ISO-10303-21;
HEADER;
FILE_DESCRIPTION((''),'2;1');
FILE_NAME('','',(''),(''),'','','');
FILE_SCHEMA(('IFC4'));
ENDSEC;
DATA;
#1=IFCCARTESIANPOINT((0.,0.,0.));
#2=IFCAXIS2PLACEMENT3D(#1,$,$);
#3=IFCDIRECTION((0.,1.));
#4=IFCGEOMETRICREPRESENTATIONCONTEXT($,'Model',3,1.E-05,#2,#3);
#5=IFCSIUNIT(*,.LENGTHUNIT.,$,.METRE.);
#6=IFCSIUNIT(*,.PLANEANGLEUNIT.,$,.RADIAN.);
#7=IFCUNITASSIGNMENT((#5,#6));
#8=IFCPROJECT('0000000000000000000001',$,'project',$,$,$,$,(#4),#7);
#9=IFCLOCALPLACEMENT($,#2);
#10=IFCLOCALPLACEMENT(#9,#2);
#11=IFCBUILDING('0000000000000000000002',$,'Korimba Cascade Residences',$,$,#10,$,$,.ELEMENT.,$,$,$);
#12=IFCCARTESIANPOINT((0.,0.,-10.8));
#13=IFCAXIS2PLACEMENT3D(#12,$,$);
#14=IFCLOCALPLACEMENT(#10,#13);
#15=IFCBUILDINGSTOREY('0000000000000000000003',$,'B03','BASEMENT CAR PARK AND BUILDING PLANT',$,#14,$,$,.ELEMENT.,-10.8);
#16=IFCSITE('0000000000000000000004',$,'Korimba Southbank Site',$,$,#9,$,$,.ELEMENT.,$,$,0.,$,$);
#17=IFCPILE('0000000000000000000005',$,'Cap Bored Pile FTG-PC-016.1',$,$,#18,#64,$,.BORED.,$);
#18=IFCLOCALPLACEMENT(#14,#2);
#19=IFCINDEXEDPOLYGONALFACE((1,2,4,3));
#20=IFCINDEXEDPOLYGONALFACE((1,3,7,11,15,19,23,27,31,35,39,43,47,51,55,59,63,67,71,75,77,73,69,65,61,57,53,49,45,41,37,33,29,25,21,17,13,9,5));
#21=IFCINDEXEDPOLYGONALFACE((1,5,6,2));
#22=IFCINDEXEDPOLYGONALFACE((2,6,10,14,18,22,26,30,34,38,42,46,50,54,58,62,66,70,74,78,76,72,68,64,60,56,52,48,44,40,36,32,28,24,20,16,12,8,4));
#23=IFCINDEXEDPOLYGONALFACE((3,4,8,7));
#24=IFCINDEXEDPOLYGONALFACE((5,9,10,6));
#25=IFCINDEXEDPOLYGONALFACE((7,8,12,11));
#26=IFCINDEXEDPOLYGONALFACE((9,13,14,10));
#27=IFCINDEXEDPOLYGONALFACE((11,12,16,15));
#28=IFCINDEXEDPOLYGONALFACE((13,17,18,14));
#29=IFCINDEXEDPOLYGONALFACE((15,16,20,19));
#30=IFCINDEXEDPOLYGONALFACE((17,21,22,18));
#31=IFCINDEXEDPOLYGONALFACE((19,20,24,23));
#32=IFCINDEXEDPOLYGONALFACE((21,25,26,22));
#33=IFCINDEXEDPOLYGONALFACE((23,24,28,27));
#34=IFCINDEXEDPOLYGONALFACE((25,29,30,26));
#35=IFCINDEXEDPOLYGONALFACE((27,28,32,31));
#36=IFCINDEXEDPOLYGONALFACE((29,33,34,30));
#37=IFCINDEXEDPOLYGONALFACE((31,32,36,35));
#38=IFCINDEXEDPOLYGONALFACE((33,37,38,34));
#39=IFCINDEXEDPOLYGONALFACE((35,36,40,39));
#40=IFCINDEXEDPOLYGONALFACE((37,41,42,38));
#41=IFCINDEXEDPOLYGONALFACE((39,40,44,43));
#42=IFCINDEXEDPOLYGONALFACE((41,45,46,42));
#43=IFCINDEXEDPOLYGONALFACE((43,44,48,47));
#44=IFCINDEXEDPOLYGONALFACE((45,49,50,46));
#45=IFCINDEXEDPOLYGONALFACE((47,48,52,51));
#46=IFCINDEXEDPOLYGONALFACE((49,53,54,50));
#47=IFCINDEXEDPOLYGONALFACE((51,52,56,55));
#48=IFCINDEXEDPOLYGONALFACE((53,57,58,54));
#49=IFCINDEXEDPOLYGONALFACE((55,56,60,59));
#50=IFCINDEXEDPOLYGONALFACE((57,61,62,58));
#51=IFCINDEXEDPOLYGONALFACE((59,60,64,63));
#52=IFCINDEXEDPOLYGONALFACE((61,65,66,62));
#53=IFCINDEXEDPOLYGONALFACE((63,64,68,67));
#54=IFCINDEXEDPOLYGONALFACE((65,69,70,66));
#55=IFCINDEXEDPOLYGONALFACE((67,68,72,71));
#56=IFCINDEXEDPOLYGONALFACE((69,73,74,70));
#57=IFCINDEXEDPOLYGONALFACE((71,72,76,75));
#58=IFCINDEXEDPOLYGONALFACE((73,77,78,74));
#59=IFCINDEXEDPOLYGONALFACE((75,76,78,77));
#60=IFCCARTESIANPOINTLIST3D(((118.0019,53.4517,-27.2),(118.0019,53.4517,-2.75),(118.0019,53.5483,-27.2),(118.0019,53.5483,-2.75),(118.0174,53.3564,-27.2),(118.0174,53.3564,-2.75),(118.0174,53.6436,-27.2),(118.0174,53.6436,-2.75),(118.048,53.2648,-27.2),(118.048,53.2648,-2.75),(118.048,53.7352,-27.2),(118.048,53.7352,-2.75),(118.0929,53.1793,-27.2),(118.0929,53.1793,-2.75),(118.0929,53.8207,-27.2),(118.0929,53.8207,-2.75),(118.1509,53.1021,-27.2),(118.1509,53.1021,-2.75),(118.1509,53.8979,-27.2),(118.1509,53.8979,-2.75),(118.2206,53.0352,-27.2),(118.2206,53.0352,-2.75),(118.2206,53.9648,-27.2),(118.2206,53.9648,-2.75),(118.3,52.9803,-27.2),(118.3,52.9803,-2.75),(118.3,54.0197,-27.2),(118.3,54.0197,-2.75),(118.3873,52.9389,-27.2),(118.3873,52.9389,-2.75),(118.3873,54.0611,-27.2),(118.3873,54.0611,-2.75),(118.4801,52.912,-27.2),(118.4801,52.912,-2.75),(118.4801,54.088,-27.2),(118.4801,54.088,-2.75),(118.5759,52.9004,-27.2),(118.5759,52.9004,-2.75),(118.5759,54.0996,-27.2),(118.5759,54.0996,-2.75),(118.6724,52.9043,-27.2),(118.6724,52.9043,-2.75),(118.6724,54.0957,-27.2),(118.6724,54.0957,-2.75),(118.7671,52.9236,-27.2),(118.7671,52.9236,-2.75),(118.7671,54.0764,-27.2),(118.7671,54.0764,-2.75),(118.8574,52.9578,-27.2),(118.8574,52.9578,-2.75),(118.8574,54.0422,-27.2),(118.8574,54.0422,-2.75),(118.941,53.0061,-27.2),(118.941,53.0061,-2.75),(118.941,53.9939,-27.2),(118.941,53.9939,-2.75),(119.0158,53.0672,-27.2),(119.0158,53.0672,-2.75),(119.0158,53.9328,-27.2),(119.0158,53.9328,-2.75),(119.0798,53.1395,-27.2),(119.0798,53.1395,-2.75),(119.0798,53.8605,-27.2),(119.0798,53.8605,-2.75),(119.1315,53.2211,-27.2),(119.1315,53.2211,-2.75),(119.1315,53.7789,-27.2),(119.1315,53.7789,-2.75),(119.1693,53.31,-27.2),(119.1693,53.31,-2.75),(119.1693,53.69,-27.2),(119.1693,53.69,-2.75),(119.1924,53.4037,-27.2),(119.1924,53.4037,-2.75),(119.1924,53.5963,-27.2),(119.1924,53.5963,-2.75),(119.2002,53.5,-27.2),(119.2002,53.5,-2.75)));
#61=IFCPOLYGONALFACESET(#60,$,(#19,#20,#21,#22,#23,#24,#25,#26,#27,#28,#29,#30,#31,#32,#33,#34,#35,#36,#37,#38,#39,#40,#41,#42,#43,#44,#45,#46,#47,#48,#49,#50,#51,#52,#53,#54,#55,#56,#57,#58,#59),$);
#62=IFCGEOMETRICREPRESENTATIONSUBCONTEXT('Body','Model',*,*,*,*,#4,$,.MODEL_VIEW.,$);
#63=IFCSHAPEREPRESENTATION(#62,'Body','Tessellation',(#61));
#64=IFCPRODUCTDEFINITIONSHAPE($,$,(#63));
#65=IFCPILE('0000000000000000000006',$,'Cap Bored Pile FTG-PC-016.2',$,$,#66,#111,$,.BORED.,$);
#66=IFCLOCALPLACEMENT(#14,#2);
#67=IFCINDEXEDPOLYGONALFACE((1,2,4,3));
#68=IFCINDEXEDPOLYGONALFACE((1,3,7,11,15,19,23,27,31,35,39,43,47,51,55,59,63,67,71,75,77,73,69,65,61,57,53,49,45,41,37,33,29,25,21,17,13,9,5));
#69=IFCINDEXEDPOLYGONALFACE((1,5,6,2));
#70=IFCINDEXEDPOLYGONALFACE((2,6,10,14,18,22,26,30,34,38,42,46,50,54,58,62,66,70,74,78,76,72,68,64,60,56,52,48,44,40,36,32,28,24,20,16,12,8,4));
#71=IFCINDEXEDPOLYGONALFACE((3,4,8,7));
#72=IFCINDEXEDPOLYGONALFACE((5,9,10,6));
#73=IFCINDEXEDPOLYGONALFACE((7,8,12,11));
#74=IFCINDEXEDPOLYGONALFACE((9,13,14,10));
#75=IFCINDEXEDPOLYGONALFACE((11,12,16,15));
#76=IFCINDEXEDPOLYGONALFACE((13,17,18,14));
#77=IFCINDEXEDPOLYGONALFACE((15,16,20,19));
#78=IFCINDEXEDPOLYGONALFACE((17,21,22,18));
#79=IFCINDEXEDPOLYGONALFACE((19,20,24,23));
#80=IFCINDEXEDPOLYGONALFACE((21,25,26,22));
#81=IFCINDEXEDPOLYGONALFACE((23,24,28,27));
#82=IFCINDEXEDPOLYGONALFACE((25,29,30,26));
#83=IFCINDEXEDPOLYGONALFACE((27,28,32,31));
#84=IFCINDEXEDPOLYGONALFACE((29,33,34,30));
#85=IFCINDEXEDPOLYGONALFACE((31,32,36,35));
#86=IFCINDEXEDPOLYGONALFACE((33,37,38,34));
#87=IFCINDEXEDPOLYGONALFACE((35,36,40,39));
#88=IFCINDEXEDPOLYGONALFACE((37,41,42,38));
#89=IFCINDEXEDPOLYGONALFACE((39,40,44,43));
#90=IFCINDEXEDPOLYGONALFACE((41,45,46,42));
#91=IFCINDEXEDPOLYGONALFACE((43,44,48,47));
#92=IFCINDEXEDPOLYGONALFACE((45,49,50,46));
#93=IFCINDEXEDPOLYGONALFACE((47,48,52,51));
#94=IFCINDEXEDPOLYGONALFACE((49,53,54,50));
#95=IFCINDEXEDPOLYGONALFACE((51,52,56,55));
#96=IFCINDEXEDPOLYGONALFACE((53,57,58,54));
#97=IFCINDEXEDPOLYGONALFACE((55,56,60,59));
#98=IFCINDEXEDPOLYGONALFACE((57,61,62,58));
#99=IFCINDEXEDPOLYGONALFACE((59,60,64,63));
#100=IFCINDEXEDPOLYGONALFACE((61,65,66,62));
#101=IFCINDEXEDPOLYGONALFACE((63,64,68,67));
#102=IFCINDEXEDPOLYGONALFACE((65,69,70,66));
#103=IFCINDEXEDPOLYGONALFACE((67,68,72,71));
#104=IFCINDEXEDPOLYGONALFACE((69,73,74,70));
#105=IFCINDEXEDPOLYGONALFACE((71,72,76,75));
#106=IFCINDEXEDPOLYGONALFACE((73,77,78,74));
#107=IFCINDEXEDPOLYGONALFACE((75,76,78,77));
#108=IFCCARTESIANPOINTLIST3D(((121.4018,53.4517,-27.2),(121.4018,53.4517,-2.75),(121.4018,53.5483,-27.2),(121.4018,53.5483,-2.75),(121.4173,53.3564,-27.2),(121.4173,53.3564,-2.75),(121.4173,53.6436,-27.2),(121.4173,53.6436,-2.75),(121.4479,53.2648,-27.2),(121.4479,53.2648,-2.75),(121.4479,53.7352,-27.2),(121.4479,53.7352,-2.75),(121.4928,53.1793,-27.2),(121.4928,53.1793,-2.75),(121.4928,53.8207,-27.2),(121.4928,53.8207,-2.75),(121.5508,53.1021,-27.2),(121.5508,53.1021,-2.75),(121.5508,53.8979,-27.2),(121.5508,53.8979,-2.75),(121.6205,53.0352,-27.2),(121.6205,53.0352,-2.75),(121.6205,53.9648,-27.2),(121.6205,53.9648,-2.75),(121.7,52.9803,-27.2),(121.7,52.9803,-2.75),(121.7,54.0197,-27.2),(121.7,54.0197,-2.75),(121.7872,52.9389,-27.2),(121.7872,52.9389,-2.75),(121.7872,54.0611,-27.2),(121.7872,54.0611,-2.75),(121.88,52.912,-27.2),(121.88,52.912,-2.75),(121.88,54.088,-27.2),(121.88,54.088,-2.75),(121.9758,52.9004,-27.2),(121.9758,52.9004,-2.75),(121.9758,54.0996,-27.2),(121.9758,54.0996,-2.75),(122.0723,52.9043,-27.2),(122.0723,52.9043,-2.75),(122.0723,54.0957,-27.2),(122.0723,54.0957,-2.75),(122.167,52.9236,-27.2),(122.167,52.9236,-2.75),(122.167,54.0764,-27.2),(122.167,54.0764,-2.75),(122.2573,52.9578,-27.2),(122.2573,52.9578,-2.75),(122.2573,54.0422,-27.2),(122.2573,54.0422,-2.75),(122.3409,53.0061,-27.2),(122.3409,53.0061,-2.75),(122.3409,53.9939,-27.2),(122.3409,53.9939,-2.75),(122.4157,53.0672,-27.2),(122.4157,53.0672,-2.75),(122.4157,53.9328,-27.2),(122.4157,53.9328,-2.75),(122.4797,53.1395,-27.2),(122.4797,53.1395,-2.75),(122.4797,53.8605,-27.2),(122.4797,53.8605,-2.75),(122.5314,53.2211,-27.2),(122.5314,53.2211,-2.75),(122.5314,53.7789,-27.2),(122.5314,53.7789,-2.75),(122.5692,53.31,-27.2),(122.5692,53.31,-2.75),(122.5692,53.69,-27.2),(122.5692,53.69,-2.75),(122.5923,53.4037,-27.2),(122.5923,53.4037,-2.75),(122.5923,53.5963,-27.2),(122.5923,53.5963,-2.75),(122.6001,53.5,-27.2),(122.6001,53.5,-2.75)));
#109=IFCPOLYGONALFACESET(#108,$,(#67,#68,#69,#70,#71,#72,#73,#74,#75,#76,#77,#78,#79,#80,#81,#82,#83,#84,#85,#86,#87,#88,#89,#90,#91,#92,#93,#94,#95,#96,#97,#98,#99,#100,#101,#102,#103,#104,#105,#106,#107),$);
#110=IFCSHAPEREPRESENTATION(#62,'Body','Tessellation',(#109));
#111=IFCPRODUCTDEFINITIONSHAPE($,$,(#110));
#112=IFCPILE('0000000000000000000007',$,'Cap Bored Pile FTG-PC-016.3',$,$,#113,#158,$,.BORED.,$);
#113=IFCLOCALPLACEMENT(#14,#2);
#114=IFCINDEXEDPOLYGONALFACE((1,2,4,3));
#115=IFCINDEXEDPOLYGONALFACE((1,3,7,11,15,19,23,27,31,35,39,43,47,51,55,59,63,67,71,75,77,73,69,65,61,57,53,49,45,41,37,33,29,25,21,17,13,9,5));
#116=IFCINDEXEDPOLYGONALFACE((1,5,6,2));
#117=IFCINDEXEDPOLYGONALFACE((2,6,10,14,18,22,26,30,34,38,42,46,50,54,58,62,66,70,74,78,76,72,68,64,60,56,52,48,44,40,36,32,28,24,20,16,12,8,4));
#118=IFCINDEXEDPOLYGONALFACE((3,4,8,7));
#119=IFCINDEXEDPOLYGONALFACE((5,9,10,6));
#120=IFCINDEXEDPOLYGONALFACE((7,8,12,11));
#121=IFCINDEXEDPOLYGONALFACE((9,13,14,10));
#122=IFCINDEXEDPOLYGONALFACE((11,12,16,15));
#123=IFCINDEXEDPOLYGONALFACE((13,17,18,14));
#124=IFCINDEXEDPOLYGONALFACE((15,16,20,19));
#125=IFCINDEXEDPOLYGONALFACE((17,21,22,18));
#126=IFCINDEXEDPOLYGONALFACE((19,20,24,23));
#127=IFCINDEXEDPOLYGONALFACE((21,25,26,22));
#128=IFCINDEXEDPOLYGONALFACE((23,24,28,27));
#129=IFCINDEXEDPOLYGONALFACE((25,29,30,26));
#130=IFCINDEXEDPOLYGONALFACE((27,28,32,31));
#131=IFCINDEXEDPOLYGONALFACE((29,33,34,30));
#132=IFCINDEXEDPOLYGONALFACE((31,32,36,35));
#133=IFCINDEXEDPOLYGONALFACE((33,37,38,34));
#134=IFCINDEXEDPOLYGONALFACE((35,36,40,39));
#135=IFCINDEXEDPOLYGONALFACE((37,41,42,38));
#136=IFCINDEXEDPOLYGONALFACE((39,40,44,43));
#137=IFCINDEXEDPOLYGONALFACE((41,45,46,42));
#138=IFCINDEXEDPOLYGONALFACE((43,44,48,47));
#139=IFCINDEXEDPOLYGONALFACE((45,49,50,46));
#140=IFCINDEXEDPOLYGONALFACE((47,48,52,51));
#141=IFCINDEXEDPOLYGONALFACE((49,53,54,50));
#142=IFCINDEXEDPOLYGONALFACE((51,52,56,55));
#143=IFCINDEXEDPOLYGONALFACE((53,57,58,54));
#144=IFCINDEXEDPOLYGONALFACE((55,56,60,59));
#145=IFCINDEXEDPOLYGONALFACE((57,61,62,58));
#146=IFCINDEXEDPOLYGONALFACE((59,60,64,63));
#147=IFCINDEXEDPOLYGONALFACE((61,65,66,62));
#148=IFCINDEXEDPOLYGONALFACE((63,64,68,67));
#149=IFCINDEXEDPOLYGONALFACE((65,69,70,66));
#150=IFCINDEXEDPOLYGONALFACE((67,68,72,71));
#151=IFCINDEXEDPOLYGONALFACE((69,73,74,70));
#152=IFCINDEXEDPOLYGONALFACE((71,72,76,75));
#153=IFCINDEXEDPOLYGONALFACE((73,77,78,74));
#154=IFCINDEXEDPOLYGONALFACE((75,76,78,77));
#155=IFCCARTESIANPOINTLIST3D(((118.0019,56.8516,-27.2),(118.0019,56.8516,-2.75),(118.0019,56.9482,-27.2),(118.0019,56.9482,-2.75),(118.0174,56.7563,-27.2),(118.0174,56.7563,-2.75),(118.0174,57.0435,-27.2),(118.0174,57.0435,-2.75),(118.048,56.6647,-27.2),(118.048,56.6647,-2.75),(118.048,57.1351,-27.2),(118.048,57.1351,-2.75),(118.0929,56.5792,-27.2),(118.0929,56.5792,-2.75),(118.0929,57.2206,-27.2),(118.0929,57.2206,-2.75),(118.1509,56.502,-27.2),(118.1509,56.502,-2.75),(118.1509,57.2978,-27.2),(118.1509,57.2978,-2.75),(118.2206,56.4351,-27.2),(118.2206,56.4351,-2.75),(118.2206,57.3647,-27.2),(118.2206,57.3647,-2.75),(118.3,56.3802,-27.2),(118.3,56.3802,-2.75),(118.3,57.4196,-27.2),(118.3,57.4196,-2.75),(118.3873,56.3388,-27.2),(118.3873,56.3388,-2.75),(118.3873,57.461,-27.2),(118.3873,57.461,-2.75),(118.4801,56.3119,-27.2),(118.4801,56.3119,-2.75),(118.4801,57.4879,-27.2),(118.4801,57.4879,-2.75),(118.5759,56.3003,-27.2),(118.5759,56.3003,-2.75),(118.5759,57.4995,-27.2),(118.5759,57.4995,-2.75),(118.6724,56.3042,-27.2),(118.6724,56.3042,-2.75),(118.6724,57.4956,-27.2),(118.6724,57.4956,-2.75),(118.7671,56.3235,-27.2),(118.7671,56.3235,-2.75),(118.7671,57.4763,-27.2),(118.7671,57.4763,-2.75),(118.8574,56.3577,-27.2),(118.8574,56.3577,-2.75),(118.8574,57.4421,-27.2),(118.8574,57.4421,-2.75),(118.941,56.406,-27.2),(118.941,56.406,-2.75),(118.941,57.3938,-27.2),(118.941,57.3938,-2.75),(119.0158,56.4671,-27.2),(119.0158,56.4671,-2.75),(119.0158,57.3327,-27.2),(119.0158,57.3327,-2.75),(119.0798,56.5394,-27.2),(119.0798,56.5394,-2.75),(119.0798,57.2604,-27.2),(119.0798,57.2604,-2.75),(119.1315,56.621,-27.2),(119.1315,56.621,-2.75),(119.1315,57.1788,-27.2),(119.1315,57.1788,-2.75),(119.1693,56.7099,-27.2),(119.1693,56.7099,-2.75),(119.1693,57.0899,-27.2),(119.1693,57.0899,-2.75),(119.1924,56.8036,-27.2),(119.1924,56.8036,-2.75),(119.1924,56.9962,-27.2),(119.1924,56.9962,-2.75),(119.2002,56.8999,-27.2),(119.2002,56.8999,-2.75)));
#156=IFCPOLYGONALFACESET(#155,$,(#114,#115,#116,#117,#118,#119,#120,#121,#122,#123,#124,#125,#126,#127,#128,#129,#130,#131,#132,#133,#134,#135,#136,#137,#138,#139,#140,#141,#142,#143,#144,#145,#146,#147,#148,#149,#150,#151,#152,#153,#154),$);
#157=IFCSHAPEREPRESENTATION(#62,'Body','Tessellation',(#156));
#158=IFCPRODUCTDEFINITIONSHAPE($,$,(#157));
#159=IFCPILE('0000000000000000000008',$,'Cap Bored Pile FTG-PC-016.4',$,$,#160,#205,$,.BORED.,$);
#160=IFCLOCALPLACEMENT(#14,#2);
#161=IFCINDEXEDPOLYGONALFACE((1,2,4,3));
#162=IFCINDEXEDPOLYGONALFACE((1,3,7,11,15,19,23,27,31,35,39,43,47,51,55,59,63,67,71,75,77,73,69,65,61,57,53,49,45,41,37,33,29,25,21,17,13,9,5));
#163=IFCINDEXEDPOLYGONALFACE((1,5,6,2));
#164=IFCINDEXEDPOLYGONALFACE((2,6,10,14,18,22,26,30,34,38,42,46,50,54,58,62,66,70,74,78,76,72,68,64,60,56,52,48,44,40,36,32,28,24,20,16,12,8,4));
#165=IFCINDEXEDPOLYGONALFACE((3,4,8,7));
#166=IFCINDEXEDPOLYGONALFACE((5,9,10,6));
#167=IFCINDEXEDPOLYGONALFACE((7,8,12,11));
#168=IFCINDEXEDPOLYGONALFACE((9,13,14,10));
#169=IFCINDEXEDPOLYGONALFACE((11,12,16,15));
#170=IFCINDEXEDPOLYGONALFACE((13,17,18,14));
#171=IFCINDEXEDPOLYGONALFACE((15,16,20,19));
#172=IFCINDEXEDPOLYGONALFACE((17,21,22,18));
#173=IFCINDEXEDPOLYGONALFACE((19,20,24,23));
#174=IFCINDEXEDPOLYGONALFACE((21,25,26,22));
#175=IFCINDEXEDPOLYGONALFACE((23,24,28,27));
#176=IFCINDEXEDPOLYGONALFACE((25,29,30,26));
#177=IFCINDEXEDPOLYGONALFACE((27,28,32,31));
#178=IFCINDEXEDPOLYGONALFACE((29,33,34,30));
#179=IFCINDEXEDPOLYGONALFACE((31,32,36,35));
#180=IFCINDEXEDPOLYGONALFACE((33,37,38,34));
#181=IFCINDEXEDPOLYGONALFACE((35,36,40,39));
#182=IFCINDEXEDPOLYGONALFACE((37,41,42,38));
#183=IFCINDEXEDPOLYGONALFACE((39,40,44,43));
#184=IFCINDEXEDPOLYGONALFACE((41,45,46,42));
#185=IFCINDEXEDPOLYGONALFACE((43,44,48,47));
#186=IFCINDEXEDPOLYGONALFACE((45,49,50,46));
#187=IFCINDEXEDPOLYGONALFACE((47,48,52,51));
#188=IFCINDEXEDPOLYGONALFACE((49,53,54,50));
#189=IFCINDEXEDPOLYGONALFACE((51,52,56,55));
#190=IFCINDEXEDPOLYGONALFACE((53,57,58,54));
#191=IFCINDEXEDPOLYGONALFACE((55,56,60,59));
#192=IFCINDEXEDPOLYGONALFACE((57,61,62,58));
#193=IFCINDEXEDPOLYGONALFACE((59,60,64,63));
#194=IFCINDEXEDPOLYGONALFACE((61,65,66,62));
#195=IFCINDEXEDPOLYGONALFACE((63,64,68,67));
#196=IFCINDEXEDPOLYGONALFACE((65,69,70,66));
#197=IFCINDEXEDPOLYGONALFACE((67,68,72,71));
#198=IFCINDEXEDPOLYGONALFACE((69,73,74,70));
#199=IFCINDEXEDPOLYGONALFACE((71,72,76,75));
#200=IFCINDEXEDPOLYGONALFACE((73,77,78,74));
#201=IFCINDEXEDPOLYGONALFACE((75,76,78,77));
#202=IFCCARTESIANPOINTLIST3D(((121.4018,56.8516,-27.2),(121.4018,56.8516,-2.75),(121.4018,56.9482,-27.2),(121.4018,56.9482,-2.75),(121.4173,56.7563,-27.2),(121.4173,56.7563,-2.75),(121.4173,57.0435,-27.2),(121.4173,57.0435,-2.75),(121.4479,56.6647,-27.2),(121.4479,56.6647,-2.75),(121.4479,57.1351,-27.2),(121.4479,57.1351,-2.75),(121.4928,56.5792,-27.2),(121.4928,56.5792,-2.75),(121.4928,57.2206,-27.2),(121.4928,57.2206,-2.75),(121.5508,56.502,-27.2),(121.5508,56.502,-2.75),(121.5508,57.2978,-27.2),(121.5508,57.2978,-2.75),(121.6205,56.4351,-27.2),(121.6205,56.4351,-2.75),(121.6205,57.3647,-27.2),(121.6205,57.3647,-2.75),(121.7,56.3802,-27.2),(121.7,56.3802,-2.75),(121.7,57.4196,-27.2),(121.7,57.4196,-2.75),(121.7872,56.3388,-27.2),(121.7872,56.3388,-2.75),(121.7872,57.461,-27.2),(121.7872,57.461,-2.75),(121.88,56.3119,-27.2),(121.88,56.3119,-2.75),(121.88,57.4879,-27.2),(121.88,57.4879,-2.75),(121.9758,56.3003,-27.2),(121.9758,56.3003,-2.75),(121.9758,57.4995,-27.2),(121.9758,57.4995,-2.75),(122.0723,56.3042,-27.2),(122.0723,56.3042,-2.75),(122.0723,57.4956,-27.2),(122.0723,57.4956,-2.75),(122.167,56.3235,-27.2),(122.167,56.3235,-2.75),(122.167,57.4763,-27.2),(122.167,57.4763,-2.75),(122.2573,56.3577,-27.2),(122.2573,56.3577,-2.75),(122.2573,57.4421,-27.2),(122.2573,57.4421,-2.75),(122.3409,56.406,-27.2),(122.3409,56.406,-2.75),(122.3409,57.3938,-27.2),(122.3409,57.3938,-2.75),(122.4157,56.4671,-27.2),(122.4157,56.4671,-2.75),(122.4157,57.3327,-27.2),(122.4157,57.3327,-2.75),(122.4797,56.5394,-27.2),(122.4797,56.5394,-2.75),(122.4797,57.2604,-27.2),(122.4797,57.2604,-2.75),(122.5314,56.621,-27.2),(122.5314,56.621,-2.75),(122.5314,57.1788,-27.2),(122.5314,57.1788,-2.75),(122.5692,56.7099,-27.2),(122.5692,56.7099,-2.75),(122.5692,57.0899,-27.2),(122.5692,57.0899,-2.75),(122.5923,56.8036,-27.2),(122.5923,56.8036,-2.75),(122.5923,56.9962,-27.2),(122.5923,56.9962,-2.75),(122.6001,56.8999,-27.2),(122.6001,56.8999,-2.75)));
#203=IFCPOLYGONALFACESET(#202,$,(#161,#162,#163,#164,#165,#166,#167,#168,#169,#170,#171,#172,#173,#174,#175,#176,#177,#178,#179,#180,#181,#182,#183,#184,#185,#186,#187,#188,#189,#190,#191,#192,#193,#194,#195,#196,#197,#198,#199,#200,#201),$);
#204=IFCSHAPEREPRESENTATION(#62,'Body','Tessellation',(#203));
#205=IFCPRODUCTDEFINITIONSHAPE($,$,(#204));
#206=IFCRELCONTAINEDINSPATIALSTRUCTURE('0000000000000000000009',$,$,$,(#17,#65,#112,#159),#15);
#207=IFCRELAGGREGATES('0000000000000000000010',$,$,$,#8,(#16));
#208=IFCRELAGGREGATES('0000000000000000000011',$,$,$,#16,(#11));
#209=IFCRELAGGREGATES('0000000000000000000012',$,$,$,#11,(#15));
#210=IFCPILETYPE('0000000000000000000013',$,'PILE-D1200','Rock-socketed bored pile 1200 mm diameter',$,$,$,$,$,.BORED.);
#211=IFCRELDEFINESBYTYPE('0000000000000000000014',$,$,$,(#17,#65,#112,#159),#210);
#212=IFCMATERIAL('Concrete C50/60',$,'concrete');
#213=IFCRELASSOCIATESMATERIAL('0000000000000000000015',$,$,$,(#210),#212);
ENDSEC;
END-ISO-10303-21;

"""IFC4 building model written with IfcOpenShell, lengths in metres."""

from ifc_helpers import new_model, si_unit, direction, frame, origin, origin_2d, place, context, subcontext, project, spatial, circle, extrude, material, material_profile, profile_set, type_object, element, save


model = new_model("IFC4")

# Units and contexts
model_context = context("Model", 3, precision=1e-05, world=origin(), true_north=direction((0.0, 1.0)))
body_context = subcontext(model_context, "Body", "Model", "MODEL_VIEW")
ifc_project = project(units=[si_unit("LENGTHUNIT", "METRE"), si_unit("PLANEANGLEUNIT", "RADIAN")], contexts=[model_context])

# Site, building, storey
site_placement = place(None, origin())
site = spatial("IfcSite", under=ifc_project, at=site_placement, Name="Korimba Southbank Site", CompositionType="ELEMENT", RefElevation=0.0)
building_placement = place(site_placement, origin())
building = spatial("IfcBuilding", under=site, at=building_placement, Name="Korimba Cascade Residences", CompositionType="ELEMENT")
storey_placement = place(building_placement, frame((0.0, 0.0, -10.8)))
storey = spatial("IfcBuildingStorey", under=building, at=storey_placement, Name="B03", Description="BASEMENT CAR PARK AND BUILDING PLANT", CompositionType="ELEMENT", Elevation=-10.8)

# Piles
ifc_material_1 = material(Name="Concrete C50/60", Category="concrete")
ifc_material_profile_1 = material_profile(ifc_material_1, circle(Radius=0.6001, at=origin_2d()), Name="Concrete C50/60")
ifc_profile_set_1 = profile_set([ifc_material_profile_1], Name="Concrete C50/60")
pile_type = type_object("IfcPileType", Name="PILE-D1200", Description="Rock-socketed bored pile 1200 mm diameter", PredefinedType="BORED", material=ifc_profile_set_1)
for number, where, z_axis, x_axis, name in (
    (1, (118.6001, 53.5, -2.75), (0.0, 0.0, -1.0), (1.0, 0.0, 0.0), "Cap Bored Pile FTG-PC-016.1"),
    (2, (122.0, 53.5, -2.75), (0.0, 0.0, -1.0), (1.0, 0.0, 0.0), "Cap Bored Pile FTG-PC-016.2"),
    (3, (118.6001, 56.8999, -2.75), (0.0, 0.0, -1.0), (1.0, 0.0, 0.0), "Cap Bored Pile FTG-PC-016.3"),
    (4, (122.0, 56.8999, -2.75), (0.0, 0.0, -1.0), (1.0, 0.0, 0.0), "Cap Bored Pile FTG-PC-016.4"),
):
    element("IfcPile", number, at=place(storey_placement, frame(where, z_axis=z_axis, x_axis=x_axis)), inside=storey, type_object=pile_type, Name=name, PredefinedType="BORED", context=body_context, shape_type="SweptSolid", body=[
        extrude(circle(Radius=0.6001, at=origin_2d()), origin(), (0.0, 0.0, 1.0), 24.45),
    ])

save(model, "model.ifc")
